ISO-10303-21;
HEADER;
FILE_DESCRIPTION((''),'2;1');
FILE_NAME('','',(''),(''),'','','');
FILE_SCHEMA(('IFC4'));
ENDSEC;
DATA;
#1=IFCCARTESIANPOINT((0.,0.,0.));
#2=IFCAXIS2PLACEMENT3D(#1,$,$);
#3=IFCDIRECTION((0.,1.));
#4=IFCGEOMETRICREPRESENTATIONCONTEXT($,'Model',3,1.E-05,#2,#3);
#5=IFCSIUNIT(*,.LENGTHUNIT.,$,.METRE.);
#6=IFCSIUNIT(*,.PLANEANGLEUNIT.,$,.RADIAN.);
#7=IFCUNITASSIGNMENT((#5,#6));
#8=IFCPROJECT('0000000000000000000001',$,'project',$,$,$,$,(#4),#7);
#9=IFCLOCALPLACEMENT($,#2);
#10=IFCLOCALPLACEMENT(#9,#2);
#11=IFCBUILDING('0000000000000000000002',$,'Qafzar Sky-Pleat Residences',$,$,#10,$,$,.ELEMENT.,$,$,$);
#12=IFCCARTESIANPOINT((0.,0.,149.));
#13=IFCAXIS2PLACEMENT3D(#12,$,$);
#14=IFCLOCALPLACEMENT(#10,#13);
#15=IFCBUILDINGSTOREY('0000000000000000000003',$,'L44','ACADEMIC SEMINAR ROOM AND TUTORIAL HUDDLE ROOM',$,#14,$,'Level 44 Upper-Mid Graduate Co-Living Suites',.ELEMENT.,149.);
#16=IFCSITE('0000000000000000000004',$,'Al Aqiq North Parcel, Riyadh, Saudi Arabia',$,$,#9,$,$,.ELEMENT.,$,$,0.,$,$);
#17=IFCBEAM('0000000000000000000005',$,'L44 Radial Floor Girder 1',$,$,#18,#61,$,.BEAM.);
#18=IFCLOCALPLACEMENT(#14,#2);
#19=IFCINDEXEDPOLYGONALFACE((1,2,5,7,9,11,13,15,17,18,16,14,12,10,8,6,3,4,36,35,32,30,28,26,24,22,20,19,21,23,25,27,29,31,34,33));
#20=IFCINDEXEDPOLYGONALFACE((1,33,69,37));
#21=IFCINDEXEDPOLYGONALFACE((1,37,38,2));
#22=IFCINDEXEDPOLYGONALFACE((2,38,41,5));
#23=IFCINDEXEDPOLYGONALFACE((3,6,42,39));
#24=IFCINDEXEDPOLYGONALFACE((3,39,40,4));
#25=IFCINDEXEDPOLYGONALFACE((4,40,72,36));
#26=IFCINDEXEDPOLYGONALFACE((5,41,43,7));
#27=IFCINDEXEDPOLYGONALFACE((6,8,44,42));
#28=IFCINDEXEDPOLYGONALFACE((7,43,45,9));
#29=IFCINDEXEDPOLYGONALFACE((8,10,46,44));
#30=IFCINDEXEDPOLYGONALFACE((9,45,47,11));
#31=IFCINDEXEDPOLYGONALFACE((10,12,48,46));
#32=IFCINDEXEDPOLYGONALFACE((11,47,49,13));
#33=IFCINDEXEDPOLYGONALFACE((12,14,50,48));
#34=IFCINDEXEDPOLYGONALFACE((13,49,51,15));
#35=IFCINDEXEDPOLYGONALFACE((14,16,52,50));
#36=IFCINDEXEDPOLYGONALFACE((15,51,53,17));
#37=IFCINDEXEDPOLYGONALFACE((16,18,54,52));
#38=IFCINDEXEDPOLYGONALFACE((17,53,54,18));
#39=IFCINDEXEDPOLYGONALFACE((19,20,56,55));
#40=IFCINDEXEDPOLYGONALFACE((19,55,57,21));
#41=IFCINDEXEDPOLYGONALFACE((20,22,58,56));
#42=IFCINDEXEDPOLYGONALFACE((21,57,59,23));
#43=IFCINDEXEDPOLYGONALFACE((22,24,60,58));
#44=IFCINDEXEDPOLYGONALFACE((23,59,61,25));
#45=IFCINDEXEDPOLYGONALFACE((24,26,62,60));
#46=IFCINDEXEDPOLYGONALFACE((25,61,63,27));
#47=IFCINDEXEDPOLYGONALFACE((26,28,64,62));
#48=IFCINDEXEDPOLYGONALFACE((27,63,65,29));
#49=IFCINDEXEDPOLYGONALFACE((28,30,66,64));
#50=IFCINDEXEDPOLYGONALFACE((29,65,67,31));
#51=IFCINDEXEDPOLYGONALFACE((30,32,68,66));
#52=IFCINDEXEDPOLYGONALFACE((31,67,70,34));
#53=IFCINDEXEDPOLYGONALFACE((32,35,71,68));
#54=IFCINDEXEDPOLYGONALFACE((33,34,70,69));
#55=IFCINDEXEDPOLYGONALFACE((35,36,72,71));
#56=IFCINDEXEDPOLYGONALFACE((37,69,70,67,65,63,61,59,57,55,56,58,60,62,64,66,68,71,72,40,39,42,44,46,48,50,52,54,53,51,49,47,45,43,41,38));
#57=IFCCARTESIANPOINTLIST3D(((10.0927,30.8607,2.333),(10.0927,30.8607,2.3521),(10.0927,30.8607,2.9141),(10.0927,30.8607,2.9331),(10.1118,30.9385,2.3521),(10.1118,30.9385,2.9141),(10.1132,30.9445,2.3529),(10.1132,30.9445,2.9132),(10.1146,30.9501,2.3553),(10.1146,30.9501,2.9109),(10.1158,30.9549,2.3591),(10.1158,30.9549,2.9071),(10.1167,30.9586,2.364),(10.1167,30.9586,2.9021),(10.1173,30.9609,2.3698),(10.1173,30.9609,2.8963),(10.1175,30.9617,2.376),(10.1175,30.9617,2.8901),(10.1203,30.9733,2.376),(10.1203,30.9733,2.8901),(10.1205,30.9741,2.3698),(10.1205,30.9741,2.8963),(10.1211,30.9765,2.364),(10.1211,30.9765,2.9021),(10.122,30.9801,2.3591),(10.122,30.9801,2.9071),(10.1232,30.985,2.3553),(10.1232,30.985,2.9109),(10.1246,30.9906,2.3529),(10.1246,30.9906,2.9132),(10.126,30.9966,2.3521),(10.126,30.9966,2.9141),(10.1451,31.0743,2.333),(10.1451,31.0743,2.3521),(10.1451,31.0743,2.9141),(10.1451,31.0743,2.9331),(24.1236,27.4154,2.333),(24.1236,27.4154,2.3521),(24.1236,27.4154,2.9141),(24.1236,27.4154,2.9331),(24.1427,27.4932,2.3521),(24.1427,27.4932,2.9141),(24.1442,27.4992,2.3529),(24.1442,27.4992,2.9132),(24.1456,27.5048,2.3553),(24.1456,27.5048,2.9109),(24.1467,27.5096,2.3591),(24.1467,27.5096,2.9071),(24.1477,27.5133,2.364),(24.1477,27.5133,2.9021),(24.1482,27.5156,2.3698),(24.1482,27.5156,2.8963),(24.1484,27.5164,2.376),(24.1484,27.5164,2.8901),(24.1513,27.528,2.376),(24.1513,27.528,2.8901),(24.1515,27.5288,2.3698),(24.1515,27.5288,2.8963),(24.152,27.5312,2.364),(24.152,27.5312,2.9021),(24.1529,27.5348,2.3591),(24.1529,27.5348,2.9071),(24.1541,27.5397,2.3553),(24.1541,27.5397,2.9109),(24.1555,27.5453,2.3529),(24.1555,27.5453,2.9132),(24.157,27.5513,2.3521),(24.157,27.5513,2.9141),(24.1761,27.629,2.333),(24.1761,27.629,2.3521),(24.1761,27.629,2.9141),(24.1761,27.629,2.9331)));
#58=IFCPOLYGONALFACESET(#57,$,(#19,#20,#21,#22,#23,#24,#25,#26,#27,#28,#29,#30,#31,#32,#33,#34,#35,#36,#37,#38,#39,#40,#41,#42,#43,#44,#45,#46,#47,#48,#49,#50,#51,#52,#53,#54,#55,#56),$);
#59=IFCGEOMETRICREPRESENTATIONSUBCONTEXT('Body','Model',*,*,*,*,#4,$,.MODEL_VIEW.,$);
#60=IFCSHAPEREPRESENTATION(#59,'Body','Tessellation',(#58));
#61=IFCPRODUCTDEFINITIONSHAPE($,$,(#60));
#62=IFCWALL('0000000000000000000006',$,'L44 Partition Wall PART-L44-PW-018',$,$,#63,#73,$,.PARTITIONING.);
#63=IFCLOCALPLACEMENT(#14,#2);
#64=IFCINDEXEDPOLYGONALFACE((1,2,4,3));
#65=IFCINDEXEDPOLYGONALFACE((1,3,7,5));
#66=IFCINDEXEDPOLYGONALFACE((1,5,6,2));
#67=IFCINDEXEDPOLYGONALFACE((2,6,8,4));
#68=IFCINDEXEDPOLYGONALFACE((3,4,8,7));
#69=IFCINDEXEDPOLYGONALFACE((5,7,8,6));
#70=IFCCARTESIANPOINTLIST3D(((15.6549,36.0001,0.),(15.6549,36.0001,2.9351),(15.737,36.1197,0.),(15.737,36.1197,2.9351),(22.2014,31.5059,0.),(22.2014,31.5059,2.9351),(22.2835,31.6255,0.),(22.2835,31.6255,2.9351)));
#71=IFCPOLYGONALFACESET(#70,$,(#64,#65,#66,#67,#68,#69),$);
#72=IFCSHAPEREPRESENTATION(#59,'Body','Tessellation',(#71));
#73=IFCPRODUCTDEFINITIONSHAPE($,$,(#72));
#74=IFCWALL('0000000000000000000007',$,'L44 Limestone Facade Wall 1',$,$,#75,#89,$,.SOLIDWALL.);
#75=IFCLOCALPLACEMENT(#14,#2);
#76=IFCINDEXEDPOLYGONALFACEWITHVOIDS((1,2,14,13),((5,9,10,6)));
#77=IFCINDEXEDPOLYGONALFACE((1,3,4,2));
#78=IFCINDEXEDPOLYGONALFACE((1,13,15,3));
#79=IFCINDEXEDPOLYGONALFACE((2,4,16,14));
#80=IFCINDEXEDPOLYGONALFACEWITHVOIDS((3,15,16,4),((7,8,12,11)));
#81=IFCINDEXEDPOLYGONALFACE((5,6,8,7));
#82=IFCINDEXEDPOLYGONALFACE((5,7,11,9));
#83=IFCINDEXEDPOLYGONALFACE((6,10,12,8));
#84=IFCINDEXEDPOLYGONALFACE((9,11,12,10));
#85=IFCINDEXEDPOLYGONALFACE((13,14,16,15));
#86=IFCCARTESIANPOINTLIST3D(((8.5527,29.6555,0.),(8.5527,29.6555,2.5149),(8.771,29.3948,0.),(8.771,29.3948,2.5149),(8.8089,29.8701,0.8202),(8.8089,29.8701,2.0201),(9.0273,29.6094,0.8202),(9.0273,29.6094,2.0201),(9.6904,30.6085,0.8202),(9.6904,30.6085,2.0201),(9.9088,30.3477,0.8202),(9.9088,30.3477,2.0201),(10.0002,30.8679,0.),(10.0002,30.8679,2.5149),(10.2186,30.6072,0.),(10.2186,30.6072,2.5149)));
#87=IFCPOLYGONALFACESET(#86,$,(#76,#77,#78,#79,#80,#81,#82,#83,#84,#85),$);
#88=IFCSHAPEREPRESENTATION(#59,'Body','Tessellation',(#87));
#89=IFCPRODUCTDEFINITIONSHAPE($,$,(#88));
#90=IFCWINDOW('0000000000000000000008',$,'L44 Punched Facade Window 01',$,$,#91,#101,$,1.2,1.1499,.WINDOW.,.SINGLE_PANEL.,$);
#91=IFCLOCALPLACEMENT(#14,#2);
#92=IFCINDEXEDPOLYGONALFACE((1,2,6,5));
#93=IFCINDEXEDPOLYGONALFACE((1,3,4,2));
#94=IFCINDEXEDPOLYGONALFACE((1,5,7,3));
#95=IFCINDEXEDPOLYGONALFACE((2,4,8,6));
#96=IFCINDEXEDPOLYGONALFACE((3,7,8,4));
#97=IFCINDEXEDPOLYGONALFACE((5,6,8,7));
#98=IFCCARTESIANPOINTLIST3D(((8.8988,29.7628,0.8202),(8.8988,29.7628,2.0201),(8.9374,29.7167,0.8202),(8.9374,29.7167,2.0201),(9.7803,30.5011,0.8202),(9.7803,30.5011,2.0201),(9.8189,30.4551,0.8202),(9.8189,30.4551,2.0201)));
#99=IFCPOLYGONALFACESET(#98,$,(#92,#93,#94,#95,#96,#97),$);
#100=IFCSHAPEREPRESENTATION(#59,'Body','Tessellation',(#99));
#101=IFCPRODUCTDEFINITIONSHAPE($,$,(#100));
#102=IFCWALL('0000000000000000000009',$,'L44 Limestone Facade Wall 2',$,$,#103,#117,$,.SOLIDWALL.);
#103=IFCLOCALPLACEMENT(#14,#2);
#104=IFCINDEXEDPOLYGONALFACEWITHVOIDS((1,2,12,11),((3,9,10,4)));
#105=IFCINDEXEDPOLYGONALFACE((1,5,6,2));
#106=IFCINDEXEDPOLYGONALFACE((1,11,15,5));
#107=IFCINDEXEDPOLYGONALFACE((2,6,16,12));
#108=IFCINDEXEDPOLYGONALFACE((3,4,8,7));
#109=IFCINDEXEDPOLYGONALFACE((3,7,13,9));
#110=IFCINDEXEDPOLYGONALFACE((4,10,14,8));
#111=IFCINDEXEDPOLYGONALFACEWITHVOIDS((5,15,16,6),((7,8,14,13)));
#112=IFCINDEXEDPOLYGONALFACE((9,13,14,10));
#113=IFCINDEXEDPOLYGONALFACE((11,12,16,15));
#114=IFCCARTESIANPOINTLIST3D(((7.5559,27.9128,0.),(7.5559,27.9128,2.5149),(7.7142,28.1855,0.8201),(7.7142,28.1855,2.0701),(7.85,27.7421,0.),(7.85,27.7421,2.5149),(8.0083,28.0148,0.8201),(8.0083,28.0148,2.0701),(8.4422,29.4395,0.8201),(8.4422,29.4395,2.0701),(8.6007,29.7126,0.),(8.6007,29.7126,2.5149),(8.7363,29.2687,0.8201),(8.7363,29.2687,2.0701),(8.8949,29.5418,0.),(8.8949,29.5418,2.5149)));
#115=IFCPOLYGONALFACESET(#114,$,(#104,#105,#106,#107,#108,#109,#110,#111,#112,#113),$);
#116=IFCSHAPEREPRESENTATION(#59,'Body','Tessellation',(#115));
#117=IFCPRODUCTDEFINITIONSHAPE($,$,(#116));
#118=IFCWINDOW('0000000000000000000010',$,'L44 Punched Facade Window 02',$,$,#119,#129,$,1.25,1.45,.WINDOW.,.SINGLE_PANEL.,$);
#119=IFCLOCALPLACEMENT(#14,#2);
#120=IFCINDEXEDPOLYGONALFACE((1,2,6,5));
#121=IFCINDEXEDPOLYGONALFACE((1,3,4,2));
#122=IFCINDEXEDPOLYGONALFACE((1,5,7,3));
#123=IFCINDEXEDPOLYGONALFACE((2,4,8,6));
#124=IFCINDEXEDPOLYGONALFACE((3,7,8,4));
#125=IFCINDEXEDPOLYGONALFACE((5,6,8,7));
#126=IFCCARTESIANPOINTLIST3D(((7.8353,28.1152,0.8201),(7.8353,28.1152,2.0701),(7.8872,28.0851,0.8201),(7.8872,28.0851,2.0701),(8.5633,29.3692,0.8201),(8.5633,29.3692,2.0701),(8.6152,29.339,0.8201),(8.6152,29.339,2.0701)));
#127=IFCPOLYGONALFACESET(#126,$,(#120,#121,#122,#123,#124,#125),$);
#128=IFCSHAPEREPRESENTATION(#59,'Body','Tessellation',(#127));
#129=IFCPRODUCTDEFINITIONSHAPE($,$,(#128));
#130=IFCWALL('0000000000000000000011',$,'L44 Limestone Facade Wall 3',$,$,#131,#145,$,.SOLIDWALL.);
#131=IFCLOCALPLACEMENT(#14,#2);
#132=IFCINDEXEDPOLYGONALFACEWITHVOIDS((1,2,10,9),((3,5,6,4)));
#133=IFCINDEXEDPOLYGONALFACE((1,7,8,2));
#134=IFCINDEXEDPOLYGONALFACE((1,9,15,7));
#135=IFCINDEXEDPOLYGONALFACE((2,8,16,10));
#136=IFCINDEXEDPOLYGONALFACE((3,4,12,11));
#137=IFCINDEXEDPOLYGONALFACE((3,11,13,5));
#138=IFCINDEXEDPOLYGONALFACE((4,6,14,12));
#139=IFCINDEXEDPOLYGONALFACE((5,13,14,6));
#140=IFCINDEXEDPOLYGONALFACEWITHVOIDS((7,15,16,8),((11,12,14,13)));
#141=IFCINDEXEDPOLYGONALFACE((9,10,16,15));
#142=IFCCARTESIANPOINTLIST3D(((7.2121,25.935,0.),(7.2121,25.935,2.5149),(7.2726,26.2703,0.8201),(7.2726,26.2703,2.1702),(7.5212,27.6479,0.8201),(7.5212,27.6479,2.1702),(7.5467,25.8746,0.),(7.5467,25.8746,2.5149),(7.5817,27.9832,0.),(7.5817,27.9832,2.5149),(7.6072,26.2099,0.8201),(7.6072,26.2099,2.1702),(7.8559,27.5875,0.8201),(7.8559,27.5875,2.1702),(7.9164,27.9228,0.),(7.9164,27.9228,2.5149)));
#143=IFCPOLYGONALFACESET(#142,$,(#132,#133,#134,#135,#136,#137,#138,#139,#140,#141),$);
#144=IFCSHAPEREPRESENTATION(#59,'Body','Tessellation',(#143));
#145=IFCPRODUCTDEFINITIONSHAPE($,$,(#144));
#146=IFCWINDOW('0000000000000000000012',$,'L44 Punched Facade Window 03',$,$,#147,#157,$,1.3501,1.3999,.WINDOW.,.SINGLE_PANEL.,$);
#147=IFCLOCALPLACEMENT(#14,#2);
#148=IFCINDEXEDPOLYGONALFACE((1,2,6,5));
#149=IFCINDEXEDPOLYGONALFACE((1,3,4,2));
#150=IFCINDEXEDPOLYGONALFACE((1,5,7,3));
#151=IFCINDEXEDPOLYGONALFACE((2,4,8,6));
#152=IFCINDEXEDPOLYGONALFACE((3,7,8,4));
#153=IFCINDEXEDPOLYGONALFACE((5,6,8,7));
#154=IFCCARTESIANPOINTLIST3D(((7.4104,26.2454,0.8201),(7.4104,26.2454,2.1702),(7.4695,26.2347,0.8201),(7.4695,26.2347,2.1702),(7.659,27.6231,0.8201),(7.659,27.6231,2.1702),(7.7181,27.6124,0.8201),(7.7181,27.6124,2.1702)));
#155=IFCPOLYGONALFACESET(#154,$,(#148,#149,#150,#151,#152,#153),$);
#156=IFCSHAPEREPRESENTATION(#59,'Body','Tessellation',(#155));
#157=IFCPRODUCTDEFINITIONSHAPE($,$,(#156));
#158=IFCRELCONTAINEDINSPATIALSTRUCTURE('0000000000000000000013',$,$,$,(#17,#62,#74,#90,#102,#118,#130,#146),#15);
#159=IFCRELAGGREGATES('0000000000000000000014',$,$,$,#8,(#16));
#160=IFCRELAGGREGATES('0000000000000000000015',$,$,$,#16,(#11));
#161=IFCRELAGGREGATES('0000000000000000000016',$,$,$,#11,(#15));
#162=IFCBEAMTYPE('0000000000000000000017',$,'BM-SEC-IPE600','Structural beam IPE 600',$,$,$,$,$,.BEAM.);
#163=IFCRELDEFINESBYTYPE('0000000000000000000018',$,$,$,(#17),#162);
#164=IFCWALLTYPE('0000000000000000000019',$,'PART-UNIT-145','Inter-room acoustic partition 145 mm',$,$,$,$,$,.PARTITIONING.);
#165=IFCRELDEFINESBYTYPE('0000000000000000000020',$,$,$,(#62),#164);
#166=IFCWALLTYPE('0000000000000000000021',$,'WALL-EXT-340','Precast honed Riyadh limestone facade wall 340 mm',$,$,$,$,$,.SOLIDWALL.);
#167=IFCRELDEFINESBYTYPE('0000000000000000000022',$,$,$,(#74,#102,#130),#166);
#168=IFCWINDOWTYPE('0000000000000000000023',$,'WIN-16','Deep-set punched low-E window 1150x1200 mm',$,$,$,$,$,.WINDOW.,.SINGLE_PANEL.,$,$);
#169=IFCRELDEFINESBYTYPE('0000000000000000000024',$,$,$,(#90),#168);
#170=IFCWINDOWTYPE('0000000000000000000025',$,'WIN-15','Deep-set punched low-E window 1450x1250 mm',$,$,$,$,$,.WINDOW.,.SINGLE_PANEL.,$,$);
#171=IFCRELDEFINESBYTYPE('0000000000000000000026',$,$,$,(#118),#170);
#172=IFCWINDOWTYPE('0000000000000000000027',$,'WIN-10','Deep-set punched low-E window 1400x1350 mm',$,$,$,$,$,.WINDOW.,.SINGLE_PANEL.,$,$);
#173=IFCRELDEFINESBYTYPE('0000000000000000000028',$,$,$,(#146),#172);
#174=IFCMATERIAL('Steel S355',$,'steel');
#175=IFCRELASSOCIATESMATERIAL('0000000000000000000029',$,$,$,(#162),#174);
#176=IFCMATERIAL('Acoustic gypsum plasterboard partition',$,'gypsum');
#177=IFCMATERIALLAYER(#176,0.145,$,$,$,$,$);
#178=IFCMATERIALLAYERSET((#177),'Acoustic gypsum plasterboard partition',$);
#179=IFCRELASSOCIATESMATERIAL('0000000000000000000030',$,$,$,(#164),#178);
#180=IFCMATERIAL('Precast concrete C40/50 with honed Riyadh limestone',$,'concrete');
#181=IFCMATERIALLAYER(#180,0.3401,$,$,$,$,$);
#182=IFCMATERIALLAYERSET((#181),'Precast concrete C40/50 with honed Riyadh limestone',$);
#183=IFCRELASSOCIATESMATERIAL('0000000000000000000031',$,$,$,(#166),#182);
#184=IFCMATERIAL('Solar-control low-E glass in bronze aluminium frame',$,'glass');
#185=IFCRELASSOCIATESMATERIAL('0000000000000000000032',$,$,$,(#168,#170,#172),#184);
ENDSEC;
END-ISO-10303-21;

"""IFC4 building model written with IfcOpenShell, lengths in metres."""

from ifc_helpers import new_model, si_unit, direction, frame, frame_2d, origin, origin_2d, place, context, subcontext, project, spatial, rectangle, i_section, extrude, source, transform, mapped, material, layer, layer_set, material_profile, profile_set, type_object, element, fill, save


model = new_model("IFC4")

# Units and contexts
model_context = context("Model", 3, precision=1e-05, world=origin(), true_north=direction((0.0, 1.0)))
body_context = subcontext(model_context, "Body", "Model", "MODEL_VIEW")
ifc_project = project(units=[si_unit("LENGTHUNIT", "METRE"), si_unit("PLANEANGLEUNIT", "RADIAN")], contexts=[model_context])

# Site, building, storey
site_placement = place(None, origin())
site = spatial("IfcSite", under=ifc_project, at=site_placement, Name="Al Aqiq North Parcel, Riyadh, Saudi Arabia", CompositionType="ELEMENT", RefElevation=0.0)
building_placement = place(site_placement, origin())
building = spatial("IfcBuilding", under=site, at=building_placement, Name="Qafzar Sky-Pleat Residences", CompositionType="ELEMENT")
storey_placement = place(building_placement, frame((0.0, 0.0, 149.0)))
storey = spatial("IfcBuildingStorey", under=building, at=storey_placement, Name="L44", Description="ACADEMIC SEMINAR ROOM AND TUTORIAL HUDDLE ROOM", LongName="Level 44 Upper-Mid Graduate Co-Living Suites", CompositionType="ELEMENT", Elevation=149.0)

# Shared definitions
ifc_material_1 = material(Name="Steel S355", Category="steel")

# Beam
ifc_material_profile_1 = material_profile(ifc_material_1, i_section(OverallWidth=0.22, OverallDepth=0.6001, WebThickness=0.012, FlangeThickness=0.019, FilletRadius=0.0239, at=origin_2d()), Name="IPE 600")
ifc_profile_set_1 = profile_set([ifc_material_profile_1], Name="Steel S355")
beam_type_1 = type_object("IfcBeamType", Name="BM-SEC-IPE600", Description="Structural beam IPE 600", PredefinedType="BEAM", material=ifc_profile_set_1)
shared_shape_1 = source(origin(), body_context, "Body", "SweptSolid", [
    extrude(i_section(OverallWidth=0.22, OverallDepth=0.6001, WebThickness=0.012, FlangeThickness=0.019, FilletRadius=0.0239, at=origin_2d()), origin(), (0.0, 0.0, 1.0), 14.4478),
])
beam_1_placement = place(storey_placement, frame((10.1189, 30.9675, 2.6331), z_axis=(0.971151, -0.238466, 0.0), x_axis=(0.238466, 0.971151, 0.0)))
element("IfcBeam", 1, at=beam_1_placement, inside=storey, type_object=beam_type_1, Name="L44 Radial Floor Girder 1", PredefinedType="BEAM", context=body_context, shape_type="MappedRepresentation", body=[
    mapped(shared_shape_1, transform((0.0, 0.0, 0.0), x_axis=(1.0, 0.0, 0.0), y_axis=(0.0, 1.0, 0.0), z_axis=(0.0, 0.0, 1.0), scale=1.0)),
])

# Wall
ifc_material_2 = material(Name="Acoustic gypsum plasterboard partition", Category="gypsum")
ifc_layer_1 = layer(ifc_material_2, 0.145)
ifc_layer_set_1 = layer_set([ifc_layer_1], Name="Acoustic gypsum plasterboard partition")
wall_type_1 = type_object("IfcWallType", Name="PART-UNIT-145", Description="Inter-room acoustic partition 145 mm", PredefinedType="PARTITIONING", material=ifc_layer_set_1)
wall_1_placement = place(storey_placement, frame((15.696, 36.0598, 0.0), z_axis=(0.0, 0.0, 1.0), x_axis=(0.824424, -0.565973, 0.0)))
element("IfcWall", 2, at=wall_1_placement, inside=storey, type_object=wall_type_1, Name="L44 Partition Wall PART-L44-PW-018", PredefinedType="PARTITIONING", context=body_context, shape_type="SweptSolid", body=[
    extrude(rectangle(XDim=7.9407, YDim=0.145, at=frame_2d((3.9702, 0.0))), origin(), (0.0, 0.0, 1.0), 2.9351),
])

# Walls, openings, windows
ifc_material_3 = material(Name="Precast concrete C40/50 with honed Riyadh limestone", Category="concrete")
ifc_layer_2 = layer(ifc_material_3, 0.3401)
ifc_layer_set_2 = layer_set([ifc_layer_2], Name="Precast concrete C40/50 with honed Riyadh limestone")
wall_type_2 = type_object("IfcWallType", Name="WALL-EXT-340", Description="Precast honed Riyadh limestone facade wall 340 mm", PredefinedType="SOLIDWALL", material=ifc_layer_set_2)
wall_2_placement = place(storey_placement, frame((10.1094, 30.7375, 0.0), z_axis=(0.0, 0.0, 1.0), x_axis=(-0.766619, -0.642103, 0.0)))
wall_2 = element("IfcWall", 3, at=wall_2_placement, inside=storey, type_object=wall_type_2, Name="L44 Limestone Facade Wall 1", PredefinedType="SOLIDWALL", context=body_context, shape_type="SweptSolid", body=[
    extrude(rectangle(XDim=1.8882, YDim=0.3401, at=frame_2d((0.9441, 0.0))), origin(), (0.0, 0.0, 1.0), 2.5149),
])
opening_1_placement = place(wall_2_placement, frame((0.4041, 0.0, 0.8201)))
opening_1 = element("IfcOpeningElement", 4, at=opening_1_placement, cuts=wall_2, PredefinedType="OPENING", context=body_context, shape_type="SweptSolid", body=[
    extrude(rectangle(XDim=1.1499, YDim=1.2, at=frame_2d((0.575, 0.6001))), frame((0.0, 0.1802, 0.0), z_axis=(0.0, -1.0, 0.0), x_axis=(1.0, 0.0, 0.0)), (0.0, 0.0, 1.0), 0.3601),
])
ifc_material_4 = material(Name="Solar-control low-E glass in bronze aluminium frame", Category="glass")
window_type_1 = type_object("IfcWindowType", Name="WIN-16", Description="Deep-set punched low-E window 1150x1200 mm", PartitioningType="SINGLE_PANEL", PredefinedType="WINDOW", material=ifc_material_4)
shared_shape_2 = source(origin(), body_context, "Body", "SweptSolid", [
    extrude(rectangle(XDim=1.1499, YDim=1.2, at=frame_2d((0.575, 0.6001))), frame((0.0, 0.03, 0.0), z_axis=(0.0, -1.0, 0.0), x_axis=(1.0, 0.0, 0.0)), (0.0, 0.0, 1.0), 0.0601),
])
window_1_placement = place(opening_1_placement, origin())
window_1 = element("IfcWindow", 5, at=window_1_placement, inside=storey, type_object=window_type_1, Name="L44 Punched Facade Window 01", OverallHeight=1.2, OverallWidth=1.1499, PartitioningType="SINGLE_PANEL", PredefinedType="WINDOW", context=body_context, shape_type="MappedRepresentation", body=[
    mapped(shared_shape_2, transform((0.0, 0.0, 0.0), x_axis=(1.0, 0.0, 0.0), y_axis=(0.0, 1.0, 0.0), z_axis=(0.0, 0.0, 1.0), scale=1.0)),
])
fill(opening_1, window_1)
wall_3_placement = place(storey_placement, frame((8.7478, 29.6272, 0.0), z_axis=(0.0, 0.0, 1.0), x_axis=(-0.50209, -0.864815, 0.0)))
wall_3 = element("IfcWall", 6, at=wall_3_placement, inside=storey, type_object=wall_type_2, Name="L44 Limestone Facade Wall 2", PredefinedType="SOLIDWALL", context=body_context, shape_type="SweptSolid", body=[
    extrude(rectangle(XDim=2.0811, YDim=0.3401, at=frame_2d((1.0405, 0.0))), origin(), (0.0, 0.0, 1.0), 2.5149),
])
opening_2_placement = place(wall_3_placement, frame((0.3157, 0.0, 0.8201)))
opening_2 = element("IfcOpeningElement", 7, at=opening_2_placement, cuts=wall_3, PredefinedType="OPENING", context=body_context, shape_type="SweptSolid", body=[
    extrude(rectangle(XDim=1.45, YDim=1.25, at=frame_2d((0.7251, 0.625))), frame((0.0, 0.1802, 0.0), z_axis=(0.0, -1.0, 0.0), x_axis=(1.0, 0.0, 0.0)), (0.0, 0.0, 1.0), 0.3601),
])
window_type_2 = type_object("IfcWindowType", Name="WIN-15", Description="Deep-set punched low-E window 1450x1250 mm", PartitioningType="SINGLE_PANEL", PredefinedType="WINDOW", material=ifc_material_4)
shared_shape_3 = source(origin(), body_context, "Body", "SweptSolid", [
    extrude(rectangle(XDim=1.45, YDim=1.25, at=frame_2d((0.7251, 0.625))), frame((0.0, 0.03, 0.0), z_axis=(0.0, -1.0, 0.0), x_axis=(1.0, 0.0, 0.0)), (0.0, 0.0, 1.0), 0.0601),
])
window_2_placement = place(opening_2_placement, origin())
window_2 = element("IfcWindow", 8, at=window_2_placement, inside=storey, type_object=window_type_2, Name="L44 Punched Facade Window 02", OverallHeight=1.25, OverallWidth=1.45, PartitioningType="SINGLE_PANEL", PredefinedType="WINDOW", context=body_context, shape_type="MappedRepresentation", body=[
    mapped(shared_shape_3, transform((0.0, 0.0, 0.0), x_axis=(1.0, 0.0, 0.0), y_axis=(0.0, 1.0, 0.0), z_axis=(0.0, 0.0, 1.0), scale=1.0)),
])
fill(opening_2, window_2)
wall_4_placement = place(storey_placement, frame((7.749, 27.9529, 0.0), z_axis=(0.0, 0.0, 1.0), x_axis=(-0.177605, -0.984102, 0.0)))
wall_4 = element("IfcWall", 9, at=wall_4_placement, inside=storey, type_object=wall_type_2, Name="L44 Limestone Facade Wall 3", PredefinedType="SOLIDWALL", context=body_context, shape_type="SweptSolid", body=[
    extrude(rectangle(XDim=2.0813, YDim=0.3401, at=frame_2d((1.0405, 0.0))), origin(), (0.0, 0.0, 1.0), 2.5149),
])
opening_3_placement = place(wall_4_placement, frame((0.3406, 0.0, 0.8201)))
opening_3 = element("IfcOpeningElement", 10, at=opening_3_placement, cuts=wall_4, PredefinedType="OPENING", context=body_context, shape_type="SweptSolid", body=[
    extrude(rectangle(XDim=1.3999, YDim=1.3501, at=frame_2d((0.7, 0.675))), frame((0.0, 0.1802, 0.0), z_axis=(0.0, -1.0, 0.0), x_axis=(1.0, 0.0, 0.0)), (0.0, 0.0, 1.0), 0.3601),
])
window_type_3 = type_object("IfcWindowType", Name="WIN-10", Description="Deep-set punched low-E window 1400x1350 mm", PartitioningType="SINGLE_PANEL", PredefinedType="WINDOW", material=ifc_material_4)
shared_shape_4 = source(origin(), body_context, "Body", "SweptSolid", [
    extrude(rectangle(XDim=1.3999, YDim=1.3501, at=frame_2d((0.7, 0.675))), frame((0.0, 0.03, 0.0), z_axis=(0.0, -1.0, 0.0), x_axis=(1.0, 0.0, 0.0)), (0.0, 0.0, 1.0), 0.0601),
])
window_3_placement = place(opening_3_placement, origin())
window_3 = element("IfcWindow", 11, at=window_3_placement, inside=storey, type_object=window_type_3, Name="L44 Punched Facade Window 03", OverallHeight=1.3501, OverallWidth=1.3999, PartitioningType="SINGLE_PANEL", PredefinedType="WINDOW", context=body_context, shape_type="MappedRepresentation", body=[
    mapped(shared_shape_4, transform((0.0, 0.0, 0.0), x_axis=(1.0, 0.0, 0.0), y_axis=(0.0, 1.0, 0.0), z_axis=(0.0, 0.0, 1.0), scale=1.0)),
])
fill(opening_3, window_3)

save(model, "model.ifc")
